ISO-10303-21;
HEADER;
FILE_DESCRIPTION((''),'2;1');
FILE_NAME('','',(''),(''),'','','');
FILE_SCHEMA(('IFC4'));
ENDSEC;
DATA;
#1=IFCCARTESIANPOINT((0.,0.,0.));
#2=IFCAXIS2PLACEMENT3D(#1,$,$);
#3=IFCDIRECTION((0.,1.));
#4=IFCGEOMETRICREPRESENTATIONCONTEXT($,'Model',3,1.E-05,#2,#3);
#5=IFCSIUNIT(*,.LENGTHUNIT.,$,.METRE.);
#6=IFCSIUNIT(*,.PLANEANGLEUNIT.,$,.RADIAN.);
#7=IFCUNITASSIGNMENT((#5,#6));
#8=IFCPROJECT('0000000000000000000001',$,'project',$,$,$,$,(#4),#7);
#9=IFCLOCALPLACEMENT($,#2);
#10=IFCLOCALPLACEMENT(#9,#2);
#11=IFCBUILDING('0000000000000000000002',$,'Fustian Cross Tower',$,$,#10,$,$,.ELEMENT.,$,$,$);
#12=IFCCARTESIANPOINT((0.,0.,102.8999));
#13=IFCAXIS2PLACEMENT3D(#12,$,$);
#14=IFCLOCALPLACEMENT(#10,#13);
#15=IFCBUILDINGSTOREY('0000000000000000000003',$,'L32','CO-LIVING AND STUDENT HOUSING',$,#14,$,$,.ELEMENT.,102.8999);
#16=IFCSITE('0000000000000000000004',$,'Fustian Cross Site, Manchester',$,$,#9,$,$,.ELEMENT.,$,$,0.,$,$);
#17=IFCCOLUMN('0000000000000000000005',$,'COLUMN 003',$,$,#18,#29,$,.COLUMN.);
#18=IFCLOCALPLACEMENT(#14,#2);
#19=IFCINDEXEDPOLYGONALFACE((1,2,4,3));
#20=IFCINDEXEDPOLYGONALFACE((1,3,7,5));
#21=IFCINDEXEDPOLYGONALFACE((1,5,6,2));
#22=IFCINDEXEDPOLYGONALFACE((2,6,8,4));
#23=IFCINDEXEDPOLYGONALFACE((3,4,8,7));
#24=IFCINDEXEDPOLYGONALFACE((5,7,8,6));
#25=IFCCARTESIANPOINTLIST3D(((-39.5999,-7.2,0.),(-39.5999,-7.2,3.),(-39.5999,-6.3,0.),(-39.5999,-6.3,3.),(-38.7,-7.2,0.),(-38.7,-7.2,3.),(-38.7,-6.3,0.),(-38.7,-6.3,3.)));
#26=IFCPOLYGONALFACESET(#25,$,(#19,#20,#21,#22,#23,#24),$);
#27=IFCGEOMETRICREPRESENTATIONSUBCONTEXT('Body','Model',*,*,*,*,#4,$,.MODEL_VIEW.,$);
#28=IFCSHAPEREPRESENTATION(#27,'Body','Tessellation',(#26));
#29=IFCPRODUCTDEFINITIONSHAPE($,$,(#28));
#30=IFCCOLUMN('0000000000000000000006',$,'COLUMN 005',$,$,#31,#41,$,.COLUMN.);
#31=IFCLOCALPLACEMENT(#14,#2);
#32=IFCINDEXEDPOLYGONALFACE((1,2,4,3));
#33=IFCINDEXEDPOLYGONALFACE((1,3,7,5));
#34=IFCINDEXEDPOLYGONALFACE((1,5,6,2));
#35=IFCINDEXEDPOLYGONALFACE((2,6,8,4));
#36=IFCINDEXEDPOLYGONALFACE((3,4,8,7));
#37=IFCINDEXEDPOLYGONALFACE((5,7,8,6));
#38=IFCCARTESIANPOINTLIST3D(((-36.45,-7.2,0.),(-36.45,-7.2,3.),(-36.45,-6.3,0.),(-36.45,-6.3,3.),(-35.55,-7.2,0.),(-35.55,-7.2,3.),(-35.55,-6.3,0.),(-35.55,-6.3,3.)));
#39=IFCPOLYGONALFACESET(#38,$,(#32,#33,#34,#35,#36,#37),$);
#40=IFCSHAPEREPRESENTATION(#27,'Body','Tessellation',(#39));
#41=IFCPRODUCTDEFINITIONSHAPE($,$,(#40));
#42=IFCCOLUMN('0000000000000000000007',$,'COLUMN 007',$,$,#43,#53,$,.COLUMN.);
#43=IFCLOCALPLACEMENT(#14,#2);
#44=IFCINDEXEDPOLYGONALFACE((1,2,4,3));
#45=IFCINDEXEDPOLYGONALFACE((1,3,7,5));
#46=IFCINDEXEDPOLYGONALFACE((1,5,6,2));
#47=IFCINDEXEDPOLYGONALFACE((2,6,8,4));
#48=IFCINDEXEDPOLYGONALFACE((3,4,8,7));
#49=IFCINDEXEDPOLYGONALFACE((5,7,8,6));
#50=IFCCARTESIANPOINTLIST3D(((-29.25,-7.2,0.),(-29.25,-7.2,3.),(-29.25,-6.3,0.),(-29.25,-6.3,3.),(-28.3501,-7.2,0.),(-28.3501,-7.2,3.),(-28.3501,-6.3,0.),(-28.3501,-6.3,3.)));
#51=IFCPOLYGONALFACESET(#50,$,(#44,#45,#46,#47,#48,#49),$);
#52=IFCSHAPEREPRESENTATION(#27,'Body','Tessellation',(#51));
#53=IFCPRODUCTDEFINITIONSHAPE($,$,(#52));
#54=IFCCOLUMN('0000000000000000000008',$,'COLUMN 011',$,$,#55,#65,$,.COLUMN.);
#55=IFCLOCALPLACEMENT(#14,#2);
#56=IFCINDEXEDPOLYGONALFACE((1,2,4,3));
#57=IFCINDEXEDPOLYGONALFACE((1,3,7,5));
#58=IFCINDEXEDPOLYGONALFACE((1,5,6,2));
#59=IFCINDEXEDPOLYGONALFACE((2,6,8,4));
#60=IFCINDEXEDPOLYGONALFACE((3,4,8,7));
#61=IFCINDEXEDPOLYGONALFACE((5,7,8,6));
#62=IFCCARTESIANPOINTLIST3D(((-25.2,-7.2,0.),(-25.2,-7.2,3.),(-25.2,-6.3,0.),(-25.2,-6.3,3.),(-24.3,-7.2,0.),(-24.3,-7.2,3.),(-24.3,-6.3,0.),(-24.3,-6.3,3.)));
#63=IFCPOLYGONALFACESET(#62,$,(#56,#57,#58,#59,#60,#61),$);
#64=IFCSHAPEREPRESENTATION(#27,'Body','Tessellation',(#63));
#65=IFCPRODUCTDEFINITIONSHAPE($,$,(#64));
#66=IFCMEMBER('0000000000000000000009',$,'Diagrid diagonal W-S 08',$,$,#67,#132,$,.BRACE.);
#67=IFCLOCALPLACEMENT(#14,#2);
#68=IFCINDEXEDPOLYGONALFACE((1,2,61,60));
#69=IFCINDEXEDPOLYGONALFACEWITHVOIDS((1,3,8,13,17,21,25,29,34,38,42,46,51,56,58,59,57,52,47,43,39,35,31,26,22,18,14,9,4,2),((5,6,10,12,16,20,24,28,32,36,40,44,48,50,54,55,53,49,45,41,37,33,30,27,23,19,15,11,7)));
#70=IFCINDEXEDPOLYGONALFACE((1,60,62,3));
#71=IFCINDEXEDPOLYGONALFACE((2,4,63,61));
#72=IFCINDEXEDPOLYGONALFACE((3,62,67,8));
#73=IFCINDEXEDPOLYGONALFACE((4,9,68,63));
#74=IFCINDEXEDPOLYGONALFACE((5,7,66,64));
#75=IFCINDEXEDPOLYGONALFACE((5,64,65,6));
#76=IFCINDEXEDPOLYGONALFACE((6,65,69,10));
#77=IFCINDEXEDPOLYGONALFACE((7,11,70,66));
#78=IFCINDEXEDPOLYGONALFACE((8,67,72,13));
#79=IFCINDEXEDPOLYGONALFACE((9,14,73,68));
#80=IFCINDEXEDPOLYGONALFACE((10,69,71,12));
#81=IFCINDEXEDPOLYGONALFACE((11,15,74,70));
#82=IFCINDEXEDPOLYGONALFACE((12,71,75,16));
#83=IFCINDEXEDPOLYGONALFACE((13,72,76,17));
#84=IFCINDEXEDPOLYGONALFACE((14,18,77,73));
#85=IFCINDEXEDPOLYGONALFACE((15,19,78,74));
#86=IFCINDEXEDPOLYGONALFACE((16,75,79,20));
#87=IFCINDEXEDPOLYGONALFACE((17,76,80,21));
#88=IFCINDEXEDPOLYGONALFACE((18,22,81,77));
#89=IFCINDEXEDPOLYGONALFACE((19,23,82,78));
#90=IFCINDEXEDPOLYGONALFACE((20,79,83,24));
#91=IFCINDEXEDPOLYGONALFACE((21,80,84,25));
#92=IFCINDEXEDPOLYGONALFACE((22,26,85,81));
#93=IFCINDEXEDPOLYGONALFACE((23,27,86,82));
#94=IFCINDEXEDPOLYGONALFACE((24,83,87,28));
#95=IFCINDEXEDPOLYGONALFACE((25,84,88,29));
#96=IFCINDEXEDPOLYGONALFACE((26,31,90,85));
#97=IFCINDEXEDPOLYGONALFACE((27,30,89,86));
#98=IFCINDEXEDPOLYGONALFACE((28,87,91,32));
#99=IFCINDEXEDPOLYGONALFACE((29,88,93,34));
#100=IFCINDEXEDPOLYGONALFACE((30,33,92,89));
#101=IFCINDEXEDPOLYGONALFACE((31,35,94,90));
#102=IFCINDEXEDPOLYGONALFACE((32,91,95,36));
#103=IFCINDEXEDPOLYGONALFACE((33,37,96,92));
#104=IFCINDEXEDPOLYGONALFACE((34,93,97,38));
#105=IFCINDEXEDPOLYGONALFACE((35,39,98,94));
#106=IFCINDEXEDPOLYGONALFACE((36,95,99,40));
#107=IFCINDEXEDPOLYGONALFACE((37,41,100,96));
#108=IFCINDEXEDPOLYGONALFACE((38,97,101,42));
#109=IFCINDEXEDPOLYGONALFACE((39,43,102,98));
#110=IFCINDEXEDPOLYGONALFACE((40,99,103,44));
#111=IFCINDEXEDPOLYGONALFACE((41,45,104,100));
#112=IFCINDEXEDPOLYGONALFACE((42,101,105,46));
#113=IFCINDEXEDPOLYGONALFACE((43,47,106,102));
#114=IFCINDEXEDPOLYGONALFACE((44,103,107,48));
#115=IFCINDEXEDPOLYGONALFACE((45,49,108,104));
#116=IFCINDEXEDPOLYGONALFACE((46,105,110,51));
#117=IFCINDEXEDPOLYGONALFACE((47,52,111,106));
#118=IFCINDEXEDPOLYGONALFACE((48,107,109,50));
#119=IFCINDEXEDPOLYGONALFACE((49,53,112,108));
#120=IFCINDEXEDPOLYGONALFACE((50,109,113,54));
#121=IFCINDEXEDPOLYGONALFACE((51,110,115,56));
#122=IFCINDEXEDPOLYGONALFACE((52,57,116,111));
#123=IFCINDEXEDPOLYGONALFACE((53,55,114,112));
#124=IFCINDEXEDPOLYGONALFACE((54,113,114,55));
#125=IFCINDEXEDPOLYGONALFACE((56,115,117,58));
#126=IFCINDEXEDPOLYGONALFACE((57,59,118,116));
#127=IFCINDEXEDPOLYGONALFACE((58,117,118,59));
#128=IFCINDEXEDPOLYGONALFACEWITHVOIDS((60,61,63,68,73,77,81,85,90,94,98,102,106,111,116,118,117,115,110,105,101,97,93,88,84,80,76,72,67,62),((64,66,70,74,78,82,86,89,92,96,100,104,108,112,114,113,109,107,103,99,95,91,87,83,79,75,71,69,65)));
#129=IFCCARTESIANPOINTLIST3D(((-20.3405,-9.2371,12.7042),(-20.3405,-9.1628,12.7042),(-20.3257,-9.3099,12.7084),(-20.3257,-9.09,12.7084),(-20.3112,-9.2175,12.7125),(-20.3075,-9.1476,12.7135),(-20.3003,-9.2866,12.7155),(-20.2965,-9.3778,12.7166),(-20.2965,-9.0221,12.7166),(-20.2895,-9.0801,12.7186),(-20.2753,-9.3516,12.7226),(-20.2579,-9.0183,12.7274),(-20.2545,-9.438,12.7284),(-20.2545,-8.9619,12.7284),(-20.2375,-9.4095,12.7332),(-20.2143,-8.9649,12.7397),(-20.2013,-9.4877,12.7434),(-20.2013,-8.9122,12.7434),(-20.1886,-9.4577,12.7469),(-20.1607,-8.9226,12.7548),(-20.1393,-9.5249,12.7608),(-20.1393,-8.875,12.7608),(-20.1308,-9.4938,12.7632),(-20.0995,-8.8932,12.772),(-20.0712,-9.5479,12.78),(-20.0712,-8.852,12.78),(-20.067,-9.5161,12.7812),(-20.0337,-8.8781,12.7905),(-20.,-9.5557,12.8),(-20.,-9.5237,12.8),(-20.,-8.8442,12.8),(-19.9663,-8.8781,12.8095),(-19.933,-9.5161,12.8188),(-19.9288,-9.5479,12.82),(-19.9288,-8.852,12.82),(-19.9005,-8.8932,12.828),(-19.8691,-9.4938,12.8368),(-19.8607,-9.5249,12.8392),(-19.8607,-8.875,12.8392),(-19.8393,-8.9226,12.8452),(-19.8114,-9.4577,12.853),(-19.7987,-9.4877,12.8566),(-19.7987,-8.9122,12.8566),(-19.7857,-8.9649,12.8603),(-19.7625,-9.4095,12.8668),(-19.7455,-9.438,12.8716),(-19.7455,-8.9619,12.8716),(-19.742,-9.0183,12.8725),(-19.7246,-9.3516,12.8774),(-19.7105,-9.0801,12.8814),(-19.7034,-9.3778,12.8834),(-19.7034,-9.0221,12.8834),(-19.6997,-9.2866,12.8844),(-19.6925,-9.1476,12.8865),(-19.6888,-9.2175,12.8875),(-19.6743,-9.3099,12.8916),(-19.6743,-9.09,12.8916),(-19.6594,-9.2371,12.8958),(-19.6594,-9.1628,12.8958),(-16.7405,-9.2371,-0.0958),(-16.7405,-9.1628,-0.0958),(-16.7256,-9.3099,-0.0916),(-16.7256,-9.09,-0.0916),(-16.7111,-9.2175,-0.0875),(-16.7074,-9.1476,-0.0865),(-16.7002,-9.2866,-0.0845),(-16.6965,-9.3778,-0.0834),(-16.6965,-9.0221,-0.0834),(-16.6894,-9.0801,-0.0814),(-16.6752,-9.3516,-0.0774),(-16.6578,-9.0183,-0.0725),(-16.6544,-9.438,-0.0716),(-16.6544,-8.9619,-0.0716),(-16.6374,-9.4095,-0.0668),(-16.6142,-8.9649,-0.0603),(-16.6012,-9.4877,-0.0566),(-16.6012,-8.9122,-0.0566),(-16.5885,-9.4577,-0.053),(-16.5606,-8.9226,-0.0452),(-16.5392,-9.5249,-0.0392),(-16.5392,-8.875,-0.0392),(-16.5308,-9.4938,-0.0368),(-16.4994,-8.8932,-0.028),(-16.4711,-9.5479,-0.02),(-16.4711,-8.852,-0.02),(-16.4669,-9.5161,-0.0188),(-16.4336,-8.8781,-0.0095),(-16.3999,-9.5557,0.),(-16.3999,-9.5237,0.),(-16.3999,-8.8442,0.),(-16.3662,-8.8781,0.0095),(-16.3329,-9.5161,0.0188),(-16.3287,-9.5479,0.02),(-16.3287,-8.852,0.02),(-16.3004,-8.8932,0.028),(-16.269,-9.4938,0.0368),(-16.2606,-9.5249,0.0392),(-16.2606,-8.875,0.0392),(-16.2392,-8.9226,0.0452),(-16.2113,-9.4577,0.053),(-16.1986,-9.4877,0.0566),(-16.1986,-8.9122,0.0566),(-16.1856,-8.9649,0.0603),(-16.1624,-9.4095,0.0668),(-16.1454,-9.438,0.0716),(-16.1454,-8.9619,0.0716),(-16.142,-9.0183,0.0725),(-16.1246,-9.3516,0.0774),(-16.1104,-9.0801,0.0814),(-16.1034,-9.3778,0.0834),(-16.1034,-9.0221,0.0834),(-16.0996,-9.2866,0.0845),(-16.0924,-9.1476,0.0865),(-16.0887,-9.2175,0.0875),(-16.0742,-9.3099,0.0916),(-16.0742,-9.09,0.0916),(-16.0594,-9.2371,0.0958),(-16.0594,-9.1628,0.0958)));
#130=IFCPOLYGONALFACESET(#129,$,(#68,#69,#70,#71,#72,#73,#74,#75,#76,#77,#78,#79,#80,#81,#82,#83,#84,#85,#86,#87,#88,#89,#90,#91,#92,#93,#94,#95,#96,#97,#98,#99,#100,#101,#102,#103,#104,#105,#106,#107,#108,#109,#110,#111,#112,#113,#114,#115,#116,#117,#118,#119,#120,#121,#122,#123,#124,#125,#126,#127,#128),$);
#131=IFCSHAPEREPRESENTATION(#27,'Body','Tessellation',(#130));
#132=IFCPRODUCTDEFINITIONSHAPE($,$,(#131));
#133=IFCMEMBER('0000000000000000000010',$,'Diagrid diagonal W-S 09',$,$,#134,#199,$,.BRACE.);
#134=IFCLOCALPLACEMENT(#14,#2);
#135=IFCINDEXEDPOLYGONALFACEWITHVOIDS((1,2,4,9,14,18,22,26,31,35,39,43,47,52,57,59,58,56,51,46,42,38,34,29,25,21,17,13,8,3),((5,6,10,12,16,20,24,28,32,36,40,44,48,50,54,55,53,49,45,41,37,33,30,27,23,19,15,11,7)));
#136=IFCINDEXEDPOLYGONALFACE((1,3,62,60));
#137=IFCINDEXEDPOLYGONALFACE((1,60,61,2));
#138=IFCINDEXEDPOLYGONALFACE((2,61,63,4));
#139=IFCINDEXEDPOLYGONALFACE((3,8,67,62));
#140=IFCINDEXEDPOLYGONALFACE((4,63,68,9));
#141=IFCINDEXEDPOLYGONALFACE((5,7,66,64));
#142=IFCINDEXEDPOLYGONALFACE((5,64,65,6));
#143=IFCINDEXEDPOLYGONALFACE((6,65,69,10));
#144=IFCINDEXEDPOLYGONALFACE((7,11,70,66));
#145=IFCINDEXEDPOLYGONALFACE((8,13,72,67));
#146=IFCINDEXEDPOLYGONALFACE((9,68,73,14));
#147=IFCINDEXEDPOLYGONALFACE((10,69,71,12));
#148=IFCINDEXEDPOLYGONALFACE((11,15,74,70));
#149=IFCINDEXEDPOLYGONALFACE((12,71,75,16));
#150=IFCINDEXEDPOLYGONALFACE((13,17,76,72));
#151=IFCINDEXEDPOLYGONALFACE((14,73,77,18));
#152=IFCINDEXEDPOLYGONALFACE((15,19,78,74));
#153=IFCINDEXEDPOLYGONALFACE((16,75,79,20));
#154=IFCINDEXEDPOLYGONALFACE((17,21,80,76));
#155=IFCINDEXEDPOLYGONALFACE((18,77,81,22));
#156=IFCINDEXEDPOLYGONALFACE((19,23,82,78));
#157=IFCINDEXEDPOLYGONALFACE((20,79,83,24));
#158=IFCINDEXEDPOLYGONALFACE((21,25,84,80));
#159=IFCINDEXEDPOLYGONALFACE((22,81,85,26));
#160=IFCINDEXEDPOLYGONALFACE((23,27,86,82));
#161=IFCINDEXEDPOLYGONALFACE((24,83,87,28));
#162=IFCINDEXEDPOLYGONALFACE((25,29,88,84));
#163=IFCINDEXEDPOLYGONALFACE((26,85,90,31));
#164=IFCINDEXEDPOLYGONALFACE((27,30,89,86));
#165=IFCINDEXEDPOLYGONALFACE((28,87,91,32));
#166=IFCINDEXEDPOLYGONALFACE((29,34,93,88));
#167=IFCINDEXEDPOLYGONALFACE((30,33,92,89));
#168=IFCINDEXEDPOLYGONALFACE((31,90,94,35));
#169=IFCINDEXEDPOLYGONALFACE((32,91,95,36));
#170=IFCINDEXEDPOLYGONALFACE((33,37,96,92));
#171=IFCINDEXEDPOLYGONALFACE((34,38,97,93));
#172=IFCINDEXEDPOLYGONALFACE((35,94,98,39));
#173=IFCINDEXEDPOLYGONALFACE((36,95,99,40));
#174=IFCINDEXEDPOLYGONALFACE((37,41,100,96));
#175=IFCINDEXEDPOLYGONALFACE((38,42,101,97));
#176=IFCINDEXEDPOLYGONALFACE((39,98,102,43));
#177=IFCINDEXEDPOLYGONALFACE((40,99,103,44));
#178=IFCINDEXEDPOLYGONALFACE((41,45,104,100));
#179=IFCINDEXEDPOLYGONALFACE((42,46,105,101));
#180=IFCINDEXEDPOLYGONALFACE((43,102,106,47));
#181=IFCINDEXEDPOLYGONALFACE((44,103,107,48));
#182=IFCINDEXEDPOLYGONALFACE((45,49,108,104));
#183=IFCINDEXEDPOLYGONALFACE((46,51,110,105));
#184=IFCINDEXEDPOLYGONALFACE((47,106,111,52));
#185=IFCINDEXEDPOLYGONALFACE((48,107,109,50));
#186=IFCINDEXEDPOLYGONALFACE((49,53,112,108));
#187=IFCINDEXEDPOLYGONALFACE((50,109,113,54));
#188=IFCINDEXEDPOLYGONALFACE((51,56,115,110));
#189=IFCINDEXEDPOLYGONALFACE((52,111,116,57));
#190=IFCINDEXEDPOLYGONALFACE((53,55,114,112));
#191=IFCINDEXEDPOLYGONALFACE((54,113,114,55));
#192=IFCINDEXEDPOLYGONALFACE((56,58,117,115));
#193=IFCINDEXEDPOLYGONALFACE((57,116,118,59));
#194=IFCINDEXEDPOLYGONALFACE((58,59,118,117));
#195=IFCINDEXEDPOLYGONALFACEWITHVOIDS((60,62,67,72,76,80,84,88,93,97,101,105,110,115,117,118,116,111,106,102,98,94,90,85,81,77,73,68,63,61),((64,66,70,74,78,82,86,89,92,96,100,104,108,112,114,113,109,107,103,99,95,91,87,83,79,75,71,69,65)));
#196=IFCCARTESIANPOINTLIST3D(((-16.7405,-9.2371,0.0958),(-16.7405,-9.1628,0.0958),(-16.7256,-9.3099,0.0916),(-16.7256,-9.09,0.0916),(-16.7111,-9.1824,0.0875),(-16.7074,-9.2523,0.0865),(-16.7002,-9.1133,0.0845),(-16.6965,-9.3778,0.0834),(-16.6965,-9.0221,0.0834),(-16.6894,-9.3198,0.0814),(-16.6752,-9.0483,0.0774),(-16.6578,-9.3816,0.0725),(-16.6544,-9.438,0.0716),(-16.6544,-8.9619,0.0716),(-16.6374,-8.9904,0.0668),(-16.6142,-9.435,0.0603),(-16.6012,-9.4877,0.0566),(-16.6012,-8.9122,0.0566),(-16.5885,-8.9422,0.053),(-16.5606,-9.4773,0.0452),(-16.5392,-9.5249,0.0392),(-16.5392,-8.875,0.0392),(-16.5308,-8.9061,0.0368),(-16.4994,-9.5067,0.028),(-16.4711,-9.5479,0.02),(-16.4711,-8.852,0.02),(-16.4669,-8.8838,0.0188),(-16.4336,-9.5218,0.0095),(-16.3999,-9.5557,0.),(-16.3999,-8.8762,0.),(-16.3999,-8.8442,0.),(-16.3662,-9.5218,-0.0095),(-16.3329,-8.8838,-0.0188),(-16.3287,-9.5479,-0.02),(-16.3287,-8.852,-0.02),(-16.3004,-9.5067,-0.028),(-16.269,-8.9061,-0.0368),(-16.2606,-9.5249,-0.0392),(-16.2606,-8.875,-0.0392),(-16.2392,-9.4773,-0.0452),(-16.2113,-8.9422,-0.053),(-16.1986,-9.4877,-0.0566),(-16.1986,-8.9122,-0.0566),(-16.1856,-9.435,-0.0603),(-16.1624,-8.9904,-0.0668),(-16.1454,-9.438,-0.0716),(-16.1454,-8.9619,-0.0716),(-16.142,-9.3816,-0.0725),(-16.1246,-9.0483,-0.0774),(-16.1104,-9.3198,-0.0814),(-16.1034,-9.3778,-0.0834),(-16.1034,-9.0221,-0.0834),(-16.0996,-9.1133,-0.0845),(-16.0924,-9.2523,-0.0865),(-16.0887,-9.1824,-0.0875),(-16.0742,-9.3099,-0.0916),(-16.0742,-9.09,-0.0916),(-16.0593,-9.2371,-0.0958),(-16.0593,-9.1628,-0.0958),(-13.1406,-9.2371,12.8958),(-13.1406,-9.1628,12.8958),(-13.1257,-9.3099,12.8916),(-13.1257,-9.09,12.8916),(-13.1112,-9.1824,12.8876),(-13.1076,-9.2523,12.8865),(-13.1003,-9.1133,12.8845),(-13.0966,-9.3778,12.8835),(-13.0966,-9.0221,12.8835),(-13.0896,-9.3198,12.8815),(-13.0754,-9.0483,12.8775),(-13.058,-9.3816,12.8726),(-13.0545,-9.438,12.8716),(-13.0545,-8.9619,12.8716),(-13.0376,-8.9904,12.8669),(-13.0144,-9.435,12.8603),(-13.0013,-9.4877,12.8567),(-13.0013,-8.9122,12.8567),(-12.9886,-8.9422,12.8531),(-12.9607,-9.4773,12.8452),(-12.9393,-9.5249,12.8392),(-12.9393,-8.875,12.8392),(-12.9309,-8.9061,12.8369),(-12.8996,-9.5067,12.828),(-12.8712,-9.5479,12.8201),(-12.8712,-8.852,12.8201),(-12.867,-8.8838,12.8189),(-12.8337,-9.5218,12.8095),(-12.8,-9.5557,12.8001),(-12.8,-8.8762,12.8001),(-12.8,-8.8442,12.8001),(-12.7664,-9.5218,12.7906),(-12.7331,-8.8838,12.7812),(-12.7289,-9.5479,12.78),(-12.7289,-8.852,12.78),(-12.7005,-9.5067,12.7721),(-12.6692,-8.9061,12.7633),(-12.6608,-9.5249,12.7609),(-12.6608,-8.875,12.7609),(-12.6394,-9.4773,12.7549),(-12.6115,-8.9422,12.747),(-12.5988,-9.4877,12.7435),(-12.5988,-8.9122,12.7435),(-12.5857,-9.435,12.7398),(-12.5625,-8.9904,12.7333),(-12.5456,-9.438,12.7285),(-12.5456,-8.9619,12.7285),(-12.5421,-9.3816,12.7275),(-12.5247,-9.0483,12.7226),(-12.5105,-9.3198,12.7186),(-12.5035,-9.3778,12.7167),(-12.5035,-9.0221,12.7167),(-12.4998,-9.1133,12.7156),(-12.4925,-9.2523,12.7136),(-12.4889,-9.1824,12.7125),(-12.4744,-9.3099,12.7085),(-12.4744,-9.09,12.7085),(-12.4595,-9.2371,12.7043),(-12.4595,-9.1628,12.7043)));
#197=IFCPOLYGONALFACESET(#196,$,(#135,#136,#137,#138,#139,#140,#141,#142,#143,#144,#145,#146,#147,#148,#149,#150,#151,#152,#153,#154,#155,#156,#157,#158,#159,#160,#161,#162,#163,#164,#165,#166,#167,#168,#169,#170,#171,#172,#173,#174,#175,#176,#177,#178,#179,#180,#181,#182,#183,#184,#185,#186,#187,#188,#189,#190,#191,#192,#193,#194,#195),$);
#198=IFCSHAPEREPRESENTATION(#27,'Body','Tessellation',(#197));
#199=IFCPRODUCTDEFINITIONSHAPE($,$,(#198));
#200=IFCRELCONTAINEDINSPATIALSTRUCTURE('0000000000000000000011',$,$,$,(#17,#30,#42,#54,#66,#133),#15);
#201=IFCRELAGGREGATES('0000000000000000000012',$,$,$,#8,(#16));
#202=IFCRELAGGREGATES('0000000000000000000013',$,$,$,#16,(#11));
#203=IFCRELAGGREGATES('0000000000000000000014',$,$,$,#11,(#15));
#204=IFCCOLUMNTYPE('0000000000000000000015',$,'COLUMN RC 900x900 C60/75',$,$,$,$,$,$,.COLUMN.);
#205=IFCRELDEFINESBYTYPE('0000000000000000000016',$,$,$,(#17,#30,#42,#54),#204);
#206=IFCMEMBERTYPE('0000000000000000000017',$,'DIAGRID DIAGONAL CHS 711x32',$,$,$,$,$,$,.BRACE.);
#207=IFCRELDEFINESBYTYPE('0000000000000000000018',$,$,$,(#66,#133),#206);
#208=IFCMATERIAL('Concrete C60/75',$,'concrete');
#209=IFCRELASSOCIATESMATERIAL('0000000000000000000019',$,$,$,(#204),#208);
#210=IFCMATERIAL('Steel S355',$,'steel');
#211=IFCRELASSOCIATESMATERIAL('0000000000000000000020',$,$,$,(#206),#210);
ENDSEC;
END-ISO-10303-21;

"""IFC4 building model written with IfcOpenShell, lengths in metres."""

from ifc_helpers import new_model, si_unit, direction, frame, origin, origin_2d, place, context, subcontext, project, spatial, rectangle, hollow_circle, extrude, material, material_profile, profile_set, type_object, element, save


model = new_model("IFC4")

# Units and contexts
model_context = context("Model", 3, precision=1e-05, world=origin(), true_north=direction((0.0, 1.0)))
body_context = subcontext(model_context, "Body", "Model", "MODEL_VIEW")
ifc_project = project(units=[si_unit("LENGTHUNIT", "METRE"), si_unit("PLANEANGLEUNIT", "RADIAN")], contexts=[model_context])

# Site, building, storey
site_placement = place(None, origin())
site = spatial("IfcSite", under=ifc_project, at=site_placement, Name="Fustian Cross Site, Manchester", CompositionType="ELEMENT", RefElevation=0.0)
building_placement = place(site_placement, origin())
building = spatial("IfcBuilding", under=site, at=building_placement, Name="Fustian Cross Tower", CompositionType="ELEMENT")
storey_placement = place(building_placement, frame((0.0, 0.0, 102.8999)))
storey = spatial("IfcBuildingStorey", under=building, at=storey_placement, Name="L32", Description="CO-LIVING AND STUDENT HOUSING", CompositionType="ELEMENT", Elevation=102.8999)

# Columns
ifc_material_1 = material(Name="Concrete C60/75", Category="concrete")
ifc_material_profile_1 = material_profile(ifc_material_1, rectangle(XDim=0.8999, YDim=0.8999, at=origin_2d()), Name="RC 900x900")
ifc_profile_set_1 = profile_set([ifc_material_profile_1], Name="Concrete C60/75")
column_type = type_object("IfcColumnType", Name="COLUMN RC 900x900 C60/75", PredefinedType="COLUMN", material=ifc_profile_set_1)
for number, where, z_axis, x_axis, name in (
    (1, (-39.1499, -6.75, 0.0), (0.0, 0.0, 1.0), (1.0, 0.0, 0.0), "COLUMN 003"),
    (2, (-36.0, -6.75, 0.0), (0.0, 0.0, 1.0), (1.0, 0.0, 0.0), "COLUMN 005"),
    (3, (-28.8, -6.75, 0.0), (0.0, 0.0, 1.0), (1.0, 0.0, 0.0), "COLUMN 007"),
    (4, (-24.75, -6.75, 0.0), (0.0, 0.0, 1.0), (1.0, 0.0, 0.0), "COLUMN 011"),
):
    element("IfcColumn", number, at=place(storey_placement, frame(where, z_axis=z_axis, x_axis=x_axis)), inside=storey, type_object=column_type, Name=name, PredefinedType="COLUMN", context=body_context, shape_type="SweptSolid", body=[
        extrude(rectangle(XDim=0.8999, YDim=0.8999, at=origin_2d()), origin(), (0.0, 0.0, 1.0), 3.0),
    ])

# Members
ifc_material_2 = material(Name="Steel S355", Category="steel")
ifc_material_profile_2 = material_profile(ifc_material_2, hollow_circle(Radius=0.3557, WallThickness=0.032, at=origin_2d()), Name="CHS 711x32")
ifc_profile_set_2 = profile_set([ifc_material_profile_2], Name="Steel S355")
member_type_1 = type_object("IfcMemberType", Name="DIAGRID DIAGONAL CHS 711x32", PredefinedType="BRACE", material=ifc_profile_set_2)
for number, where, z_axis, x_axis, name in (
    (5, (-16.3999, -9.2, 0.0), (-0.270751, 0.0, 0.962649), (0.0, -1.0, 0.0), "Diagrid diagonal W-S 08"),
    (6, (-16.3999, -9.2, 0.0), (0.270734, 0.0, 0.962654), (0.0, 1.0, 0.0), "Diagrid diagonal W-S 09"),
):
    element("IfcMember", number, at=place(storey_placement, frame(where, z_axis=z_axis, x_axis=x_axis)), inside=storey, type_object=member_type_1, Name=name, PredefinedType="BRACE", context=body_context, shape_type="SweptSolid", body=[
        extrude(hollow_circle(Radius=0.3557, WallThickness=0.032, at=origin_2d()), origin(), (0.0, 0.0, 1.0), 13.2966),
    ])

save(model, "model.ifc")
